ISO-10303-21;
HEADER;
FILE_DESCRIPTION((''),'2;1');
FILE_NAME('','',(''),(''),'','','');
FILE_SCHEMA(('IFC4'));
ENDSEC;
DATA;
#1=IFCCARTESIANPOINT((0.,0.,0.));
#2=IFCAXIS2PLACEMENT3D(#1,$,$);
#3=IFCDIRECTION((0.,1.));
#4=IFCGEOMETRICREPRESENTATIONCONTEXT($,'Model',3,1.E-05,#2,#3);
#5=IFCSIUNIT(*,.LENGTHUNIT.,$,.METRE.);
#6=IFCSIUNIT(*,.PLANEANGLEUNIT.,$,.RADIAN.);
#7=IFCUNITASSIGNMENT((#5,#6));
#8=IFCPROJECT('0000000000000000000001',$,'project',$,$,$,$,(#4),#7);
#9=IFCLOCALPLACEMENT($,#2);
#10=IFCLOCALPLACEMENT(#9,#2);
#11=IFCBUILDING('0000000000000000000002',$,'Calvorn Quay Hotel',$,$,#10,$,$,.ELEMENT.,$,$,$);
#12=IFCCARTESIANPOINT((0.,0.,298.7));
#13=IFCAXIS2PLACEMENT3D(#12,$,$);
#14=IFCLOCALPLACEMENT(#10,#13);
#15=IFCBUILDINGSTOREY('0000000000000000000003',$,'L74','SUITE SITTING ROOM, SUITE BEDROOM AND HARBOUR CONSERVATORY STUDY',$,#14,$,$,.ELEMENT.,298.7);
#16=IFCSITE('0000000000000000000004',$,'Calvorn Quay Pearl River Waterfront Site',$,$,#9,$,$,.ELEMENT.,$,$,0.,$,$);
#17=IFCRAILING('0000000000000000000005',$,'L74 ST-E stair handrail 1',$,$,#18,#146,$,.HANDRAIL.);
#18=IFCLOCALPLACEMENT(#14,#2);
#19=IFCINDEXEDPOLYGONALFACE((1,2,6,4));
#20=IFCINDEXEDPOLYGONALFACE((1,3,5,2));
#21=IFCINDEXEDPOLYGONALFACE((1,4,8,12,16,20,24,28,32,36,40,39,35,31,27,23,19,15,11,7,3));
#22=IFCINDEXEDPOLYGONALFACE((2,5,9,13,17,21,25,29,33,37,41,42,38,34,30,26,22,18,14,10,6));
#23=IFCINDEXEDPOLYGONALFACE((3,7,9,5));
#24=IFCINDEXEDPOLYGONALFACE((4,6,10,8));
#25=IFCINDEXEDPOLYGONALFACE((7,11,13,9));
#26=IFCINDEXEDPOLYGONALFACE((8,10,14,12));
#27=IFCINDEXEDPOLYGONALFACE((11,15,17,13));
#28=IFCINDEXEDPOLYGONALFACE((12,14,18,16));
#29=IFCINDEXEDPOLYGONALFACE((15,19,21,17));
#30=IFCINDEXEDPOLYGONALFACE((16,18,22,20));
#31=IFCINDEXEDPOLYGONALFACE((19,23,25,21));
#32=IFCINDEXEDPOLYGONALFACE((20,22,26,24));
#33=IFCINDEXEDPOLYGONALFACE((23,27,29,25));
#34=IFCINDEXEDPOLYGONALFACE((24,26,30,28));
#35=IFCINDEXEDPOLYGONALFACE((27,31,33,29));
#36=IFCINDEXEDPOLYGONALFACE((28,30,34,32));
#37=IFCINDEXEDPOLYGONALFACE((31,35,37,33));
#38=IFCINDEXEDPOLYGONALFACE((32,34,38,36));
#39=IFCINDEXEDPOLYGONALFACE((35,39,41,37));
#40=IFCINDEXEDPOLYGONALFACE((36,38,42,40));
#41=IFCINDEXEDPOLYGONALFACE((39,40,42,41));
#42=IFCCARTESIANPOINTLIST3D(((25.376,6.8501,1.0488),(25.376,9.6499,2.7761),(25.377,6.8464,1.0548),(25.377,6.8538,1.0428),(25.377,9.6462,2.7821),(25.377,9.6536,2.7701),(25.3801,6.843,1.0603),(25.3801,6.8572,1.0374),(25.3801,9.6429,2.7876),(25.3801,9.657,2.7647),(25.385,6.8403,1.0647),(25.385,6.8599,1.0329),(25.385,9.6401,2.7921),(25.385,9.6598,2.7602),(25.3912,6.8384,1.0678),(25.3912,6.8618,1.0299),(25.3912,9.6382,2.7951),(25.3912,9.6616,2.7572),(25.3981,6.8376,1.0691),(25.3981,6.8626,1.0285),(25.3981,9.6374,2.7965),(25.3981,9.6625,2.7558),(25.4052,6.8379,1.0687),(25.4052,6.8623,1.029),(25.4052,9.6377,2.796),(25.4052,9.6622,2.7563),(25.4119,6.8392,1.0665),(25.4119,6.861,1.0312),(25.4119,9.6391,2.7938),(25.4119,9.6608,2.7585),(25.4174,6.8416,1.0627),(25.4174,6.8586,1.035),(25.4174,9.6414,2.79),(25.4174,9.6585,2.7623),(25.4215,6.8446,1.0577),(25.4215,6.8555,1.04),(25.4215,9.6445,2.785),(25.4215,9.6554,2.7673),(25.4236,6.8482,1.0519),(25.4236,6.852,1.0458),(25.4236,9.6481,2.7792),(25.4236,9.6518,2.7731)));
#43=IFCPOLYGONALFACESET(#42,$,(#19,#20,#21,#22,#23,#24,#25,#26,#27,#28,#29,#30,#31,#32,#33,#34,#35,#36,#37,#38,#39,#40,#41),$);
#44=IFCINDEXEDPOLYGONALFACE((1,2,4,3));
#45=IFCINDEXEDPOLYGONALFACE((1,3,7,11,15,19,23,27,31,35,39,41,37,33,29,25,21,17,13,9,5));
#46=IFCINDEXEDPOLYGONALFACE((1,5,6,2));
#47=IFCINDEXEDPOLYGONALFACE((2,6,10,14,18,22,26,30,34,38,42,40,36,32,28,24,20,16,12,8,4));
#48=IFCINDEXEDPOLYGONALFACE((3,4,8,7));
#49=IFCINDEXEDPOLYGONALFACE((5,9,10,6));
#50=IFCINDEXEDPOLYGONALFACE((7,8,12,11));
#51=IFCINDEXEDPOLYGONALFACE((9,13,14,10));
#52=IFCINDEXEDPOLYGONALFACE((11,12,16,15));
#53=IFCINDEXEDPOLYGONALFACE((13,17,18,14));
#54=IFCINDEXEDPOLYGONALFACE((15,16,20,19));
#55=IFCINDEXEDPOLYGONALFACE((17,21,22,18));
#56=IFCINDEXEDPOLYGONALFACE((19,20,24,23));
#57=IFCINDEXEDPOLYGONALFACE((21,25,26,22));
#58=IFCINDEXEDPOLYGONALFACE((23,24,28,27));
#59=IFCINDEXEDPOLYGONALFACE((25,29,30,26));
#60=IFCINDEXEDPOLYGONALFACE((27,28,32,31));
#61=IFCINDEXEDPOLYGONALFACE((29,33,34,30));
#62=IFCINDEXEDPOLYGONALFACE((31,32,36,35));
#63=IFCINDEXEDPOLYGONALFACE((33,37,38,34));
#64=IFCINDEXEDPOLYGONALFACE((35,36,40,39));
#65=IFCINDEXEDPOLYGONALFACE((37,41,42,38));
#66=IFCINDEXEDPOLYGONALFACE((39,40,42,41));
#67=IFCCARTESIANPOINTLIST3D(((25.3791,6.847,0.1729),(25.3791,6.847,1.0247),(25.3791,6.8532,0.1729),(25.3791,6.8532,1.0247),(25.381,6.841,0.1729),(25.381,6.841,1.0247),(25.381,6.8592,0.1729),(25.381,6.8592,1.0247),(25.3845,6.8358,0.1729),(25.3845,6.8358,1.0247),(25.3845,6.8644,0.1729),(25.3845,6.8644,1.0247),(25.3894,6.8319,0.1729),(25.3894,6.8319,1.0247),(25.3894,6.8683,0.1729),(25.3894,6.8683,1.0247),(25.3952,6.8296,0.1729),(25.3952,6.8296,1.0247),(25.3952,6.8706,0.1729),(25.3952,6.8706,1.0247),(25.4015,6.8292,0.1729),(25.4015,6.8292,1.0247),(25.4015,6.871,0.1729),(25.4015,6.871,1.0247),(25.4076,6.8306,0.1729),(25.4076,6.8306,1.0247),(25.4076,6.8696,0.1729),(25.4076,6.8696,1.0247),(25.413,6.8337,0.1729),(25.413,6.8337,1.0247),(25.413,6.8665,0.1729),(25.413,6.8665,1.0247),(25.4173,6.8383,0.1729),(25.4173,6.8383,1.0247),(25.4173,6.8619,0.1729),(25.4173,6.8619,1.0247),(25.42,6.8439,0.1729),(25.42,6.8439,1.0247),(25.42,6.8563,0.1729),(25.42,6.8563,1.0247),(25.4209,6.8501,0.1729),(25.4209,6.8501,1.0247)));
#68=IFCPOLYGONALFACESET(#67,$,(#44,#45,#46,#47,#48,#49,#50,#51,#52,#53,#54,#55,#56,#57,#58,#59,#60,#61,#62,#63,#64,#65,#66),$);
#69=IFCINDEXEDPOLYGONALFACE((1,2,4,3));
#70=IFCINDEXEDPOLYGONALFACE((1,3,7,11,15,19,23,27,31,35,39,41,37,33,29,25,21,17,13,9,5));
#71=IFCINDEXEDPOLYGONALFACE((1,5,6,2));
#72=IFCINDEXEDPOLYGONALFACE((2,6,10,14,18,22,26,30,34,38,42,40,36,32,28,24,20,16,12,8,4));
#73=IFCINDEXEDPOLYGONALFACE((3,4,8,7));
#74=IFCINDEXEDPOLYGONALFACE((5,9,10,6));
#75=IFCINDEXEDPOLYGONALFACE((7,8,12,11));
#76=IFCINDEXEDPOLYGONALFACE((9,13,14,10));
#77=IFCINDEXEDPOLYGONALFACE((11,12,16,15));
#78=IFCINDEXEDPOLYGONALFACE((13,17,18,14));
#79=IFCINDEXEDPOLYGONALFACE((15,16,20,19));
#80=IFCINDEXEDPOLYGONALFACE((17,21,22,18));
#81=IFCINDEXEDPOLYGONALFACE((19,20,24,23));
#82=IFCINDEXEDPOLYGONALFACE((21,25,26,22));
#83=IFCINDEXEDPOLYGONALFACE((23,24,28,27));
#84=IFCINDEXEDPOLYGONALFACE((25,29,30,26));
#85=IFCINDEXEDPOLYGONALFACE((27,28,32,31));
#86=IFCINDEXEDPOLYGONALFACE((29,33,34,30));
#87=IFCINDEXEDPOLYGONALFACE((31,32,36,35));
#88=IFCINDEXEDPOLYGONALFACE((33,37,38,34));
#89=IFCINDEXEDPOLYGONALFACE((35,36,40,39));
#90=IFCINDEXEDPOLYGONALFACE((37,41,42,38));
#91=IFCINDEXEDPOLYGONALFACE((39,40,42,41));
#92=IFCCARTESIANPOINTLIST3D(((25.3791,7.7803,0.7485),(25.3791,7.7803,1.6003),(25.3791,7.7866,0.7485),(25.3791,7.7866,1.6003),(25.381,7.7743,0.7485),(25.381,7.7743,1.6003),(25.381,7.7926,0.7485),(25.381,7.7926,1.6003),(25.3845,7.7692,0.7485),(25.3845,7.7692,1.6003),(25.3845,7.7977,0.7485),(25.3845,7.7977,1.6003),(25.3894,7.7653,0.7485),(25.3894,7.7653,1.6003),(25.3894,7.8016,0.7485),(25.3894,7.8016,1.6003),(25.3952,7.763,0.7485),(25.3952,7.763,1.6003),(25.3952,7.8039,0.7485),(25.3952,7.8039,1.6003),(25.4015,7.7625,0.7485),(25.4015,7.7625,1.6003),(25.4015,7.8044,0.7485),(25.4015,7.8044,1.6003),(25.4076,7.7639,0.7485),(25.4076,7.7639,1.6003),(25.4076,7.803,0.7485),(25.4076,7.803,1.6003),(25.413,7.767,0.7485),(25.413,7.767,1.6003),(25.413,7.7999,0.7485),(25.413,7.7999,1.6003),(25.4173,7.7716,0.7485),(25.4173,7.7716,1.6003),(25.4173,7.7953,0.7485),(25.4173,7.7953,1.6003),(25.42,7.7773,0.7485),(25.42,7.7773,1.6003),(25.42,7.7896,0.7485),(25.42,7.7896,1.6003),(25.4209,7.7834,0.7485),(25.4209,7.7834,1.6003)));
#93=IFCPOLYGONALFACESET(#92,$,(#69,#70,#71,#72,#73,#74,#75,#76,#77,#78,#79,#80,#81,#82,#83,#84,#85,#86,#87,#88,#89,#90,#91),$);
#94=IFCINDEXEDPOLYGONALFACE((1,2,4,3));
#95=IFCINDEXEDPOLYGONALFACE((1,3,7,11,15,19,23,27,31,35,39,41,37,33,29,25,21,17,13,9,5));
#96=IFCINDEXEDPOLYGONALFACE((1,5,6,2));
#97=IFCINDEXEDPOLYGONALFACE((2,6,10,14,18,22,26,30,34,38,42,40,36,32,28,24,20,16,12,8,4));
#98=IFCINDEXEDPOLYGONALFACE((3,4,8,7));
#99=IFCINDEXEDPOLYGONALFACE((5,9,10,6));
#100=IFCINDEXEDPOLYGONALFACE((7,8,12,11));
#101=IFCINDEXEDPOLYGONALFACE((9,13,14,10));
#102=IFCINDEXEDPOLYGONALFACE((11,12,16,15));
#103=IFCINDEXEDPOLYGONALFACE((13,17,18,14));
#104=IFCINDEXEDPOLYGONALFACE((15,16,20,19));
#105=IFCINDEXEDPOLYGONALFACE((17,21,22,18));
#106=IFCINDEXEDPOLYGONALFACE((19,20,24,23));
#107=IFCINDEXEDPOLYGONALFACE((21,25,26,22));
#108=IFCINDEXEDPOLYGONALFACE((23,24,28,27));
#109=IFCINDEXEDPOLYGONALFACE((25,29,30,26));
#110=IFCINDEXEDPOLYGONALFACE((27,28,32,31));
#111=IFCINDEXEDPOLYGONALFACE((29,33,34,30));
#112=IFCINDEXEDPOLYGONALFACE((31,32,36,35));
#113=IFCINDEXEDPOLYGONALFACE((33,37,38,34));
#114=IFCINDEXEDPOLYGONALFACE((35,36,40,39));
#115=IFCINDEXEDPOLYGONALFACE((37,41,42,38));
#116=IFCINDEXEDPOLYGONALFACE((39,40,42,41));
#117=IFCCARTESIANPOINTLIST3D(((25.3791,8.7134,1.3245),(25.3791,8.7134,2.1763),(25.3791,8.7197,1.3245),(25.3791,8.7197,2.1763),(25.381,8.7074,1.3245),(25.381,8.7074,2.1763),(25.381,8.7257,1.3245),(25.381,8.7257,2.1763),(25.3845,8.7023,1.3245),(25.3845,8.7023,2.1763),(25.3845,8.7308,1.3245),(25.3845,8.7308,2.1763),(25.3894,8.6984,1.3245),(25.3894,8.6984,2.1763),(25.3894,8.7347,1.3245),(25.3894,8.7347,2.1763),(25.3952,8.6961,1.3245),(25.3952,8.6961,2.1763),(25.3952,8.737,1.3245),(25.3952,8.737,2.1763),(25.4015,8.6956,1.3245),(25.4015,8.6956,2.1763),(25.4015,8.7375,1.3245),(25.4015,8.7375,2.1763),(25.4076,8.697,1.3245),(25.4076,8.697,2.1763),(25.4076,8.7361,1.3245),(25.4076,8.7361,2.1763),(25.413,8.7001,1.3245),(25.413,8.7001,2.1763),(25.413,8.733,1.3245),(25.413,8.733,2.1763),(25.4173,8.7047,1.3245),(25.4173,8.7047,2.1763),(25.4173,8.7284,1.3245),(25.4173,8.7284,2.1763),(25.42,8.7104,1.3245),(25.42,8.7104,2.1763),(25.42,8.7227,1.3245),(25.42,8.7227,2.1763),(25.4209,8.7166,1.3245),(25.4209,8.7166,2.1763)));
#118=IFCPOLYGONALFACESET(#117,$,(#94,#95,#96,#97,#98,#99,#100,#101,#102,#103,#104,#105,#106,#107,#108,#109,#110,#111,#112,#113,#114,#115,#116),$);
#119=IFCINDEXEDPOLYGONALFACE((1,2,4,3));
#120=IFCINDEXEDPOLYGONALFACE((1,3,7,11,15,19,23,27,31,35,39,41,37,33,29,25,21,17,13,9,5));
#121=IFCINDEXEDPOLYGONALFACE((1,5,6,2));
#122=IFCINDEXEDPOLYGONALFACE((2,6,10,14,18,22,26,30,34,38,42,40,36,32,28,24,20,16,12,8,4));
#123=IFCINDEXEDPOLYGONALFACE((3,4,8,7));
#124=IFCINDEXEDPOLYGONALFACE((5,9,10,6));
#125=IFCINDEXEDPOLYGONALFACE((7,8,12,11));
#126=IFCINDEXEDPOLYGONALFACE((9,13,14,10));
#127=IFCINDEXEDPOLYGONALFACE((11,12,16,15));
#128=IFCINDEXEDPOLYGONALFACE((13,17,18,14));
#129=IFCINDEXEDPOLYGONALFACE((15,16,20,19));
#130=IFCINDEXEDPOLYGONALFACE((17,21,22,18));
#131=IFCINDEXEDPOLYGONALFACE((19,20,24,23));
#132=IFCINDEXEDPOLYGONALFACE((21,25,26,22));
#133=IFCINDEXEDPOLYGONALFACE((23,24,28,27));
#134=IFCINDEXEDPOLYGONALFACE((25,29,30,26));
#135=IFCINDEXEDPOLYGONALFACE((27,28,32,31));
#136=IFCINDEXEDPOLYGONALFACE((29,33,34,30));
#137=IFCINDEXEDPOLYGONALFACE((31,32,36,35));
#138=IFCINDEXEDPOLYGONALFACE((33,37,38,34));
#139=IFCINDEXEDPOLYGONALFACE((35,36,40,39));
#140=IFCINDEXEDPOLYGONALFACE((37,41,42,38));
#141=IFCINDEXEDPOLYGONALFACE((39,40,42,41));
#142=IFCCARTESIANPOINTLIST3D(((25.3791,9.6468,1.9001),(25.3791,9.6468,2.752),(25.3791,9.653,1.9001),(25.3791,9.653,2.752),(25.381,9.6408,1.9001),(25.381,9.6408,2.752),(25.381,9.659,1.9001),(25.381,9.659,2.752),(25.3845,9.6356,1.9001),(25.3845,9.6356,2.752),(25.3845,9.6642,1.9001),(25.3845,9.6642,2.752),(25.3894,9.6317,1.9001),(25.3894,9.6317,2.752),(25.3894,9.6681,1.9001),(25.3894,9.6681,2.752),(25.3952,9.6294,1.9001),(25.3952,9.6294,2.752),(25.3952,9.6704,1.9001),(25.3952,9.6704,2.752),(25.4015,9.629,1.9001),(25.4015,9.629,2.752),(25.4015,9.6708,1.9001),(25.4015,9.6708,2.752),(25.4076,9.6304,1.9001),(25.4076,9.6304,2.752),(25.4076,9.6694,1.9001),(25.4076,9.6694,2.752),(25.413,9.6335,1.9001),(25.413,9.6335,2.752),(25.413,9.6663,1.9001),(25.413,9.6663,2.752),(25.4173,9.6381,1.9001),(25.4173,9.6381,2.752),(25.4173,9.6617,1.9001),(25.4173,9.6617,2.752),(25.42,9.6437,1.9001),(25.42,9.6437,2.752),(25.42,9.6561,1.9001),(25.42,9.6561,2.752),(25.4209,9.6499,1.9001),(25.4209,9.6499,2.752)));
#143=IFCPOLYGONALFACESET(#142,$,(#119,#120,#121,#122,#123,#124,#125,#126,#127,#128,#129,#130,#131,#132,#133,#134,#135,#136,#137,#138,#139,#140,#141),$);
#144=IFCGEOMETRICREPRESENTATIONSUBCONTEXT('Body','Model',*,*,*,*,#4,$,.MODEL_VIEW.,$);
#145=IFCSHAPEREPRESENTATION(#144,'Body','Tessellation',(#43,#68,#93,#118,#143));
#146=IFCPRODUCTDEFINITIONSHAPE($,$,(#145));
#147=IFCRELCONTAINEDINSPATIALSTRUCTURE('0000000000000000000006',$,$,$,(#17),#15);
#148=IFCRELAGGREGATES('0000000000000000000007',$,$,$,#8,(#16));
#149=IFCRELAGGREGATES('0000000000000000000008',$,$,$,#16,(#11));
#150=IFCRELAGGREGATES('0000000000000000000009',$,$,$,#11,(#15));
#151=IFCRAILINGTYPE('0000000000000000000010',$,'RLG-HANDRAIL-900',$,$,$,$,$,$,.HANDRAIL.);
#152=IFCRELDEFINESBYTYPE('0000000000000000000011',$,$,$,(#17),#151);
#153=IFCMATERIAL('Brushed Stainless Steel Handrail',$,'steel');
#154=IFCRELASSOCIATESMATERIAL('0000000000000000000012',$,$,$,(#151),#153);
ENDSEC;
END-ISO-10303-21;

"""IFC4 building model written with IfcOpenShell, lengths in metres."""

from ifc_helpers import new_model, si_unit, direction, frame, origin, origin_2d, place, context, subcontext, project, spatial, circle, extrude, material, type_object, element, save


model = new_model("IFC4")

# Units and contexts
model_context = context("Model", 3, precision=1e-05, world=origin(), true_north=direction((0.0, 1.0)))
body_context = subcontext(model_context, "Body", "Model", "MODEL_VIEW")
ifc_project = project(units=[si_unit("LENGTHUNIT", "METRE"), si_unit("PLANEANGLEUNIT", "RADIAN")], contexts=[model_context])

# Site, building, storey
site_placement = place(None, origin())
site = spatial("IfcSite", under=ifc_project, at=site_placement, Name="Calvorn Quay Pearl River Waterfront Site", CompositionType="ELEMENT", RefElevation=0.0)
building_placement = place(site_placement, origin())
building = spatial("IfcBuilding", under=site, at=building_placement, Name="Calvorn Quay Hotel", CompositionType="ELEMENT")
storey_placement = place(building_placement, frame((0.0, 0.0, 298.7)))
storey = spatial("IfcBuildingStorey", under=building, at=storey_placement, Name="L74", Description="SUITE SITTING ROOM, SUITE BEDROOM AND HARBOUR CONSERVATORY STUDY", CompositionType="ELEMENT", Elevation=298.7)

# Railing
ifc_material_1 = material(Name="Brushed Stainless Steel Handrail", Category="steel")
railing_type = type_object("IfcRailingType", Name="RLG-HANDRAIL-900", PredefinedType="HANDRAIL", material=ifc_material_1)
railing_placement = place(storey_placement, frame((25.3999, 6.8501, 0.1729)))
element("IfcRailing", 1, at=railing_placement, inside=storey, type_object=railing_type, Name="L74 ST-E stair handrail 1", PredefinedType="HANDRAIL", context=body_context, shape_type="SweptSolid", body=[
    extrude(circle(Radius=0.0239, at=origin_2d()), frame((0.0, 0.0, 0.876), z_axis=(0.0, 0.851069, 0.525054), x_axis=(-1.0, 0.0, 0.0)), (0.0, 0.0, 1.0), 3.2898),
    extrude(circle(Radius=0.021, at=origin_2d()), origin(), (0.0, 0.0, 1.0), 0.8518),
    extrude(circle(Radius=0.021, at=origin_2d()), frame((0.0, 0.9333, 0.5757)), (0.0, 0.0, 1.0), 0.8518),
    extrude(circle(Radius=0.021, at=origin_2d()), frame((0.0, 1.8665, 1.1516)), (0.0, 0.0, 1.0), 0.8518),
    extrude(circle(Radius=0.021, at=origin_2d()), frame((0.0, 2.7998, 1.7273)), (0.0, 0.0, 1.0), 0.8518),
])

save(model, "model.ifc")
